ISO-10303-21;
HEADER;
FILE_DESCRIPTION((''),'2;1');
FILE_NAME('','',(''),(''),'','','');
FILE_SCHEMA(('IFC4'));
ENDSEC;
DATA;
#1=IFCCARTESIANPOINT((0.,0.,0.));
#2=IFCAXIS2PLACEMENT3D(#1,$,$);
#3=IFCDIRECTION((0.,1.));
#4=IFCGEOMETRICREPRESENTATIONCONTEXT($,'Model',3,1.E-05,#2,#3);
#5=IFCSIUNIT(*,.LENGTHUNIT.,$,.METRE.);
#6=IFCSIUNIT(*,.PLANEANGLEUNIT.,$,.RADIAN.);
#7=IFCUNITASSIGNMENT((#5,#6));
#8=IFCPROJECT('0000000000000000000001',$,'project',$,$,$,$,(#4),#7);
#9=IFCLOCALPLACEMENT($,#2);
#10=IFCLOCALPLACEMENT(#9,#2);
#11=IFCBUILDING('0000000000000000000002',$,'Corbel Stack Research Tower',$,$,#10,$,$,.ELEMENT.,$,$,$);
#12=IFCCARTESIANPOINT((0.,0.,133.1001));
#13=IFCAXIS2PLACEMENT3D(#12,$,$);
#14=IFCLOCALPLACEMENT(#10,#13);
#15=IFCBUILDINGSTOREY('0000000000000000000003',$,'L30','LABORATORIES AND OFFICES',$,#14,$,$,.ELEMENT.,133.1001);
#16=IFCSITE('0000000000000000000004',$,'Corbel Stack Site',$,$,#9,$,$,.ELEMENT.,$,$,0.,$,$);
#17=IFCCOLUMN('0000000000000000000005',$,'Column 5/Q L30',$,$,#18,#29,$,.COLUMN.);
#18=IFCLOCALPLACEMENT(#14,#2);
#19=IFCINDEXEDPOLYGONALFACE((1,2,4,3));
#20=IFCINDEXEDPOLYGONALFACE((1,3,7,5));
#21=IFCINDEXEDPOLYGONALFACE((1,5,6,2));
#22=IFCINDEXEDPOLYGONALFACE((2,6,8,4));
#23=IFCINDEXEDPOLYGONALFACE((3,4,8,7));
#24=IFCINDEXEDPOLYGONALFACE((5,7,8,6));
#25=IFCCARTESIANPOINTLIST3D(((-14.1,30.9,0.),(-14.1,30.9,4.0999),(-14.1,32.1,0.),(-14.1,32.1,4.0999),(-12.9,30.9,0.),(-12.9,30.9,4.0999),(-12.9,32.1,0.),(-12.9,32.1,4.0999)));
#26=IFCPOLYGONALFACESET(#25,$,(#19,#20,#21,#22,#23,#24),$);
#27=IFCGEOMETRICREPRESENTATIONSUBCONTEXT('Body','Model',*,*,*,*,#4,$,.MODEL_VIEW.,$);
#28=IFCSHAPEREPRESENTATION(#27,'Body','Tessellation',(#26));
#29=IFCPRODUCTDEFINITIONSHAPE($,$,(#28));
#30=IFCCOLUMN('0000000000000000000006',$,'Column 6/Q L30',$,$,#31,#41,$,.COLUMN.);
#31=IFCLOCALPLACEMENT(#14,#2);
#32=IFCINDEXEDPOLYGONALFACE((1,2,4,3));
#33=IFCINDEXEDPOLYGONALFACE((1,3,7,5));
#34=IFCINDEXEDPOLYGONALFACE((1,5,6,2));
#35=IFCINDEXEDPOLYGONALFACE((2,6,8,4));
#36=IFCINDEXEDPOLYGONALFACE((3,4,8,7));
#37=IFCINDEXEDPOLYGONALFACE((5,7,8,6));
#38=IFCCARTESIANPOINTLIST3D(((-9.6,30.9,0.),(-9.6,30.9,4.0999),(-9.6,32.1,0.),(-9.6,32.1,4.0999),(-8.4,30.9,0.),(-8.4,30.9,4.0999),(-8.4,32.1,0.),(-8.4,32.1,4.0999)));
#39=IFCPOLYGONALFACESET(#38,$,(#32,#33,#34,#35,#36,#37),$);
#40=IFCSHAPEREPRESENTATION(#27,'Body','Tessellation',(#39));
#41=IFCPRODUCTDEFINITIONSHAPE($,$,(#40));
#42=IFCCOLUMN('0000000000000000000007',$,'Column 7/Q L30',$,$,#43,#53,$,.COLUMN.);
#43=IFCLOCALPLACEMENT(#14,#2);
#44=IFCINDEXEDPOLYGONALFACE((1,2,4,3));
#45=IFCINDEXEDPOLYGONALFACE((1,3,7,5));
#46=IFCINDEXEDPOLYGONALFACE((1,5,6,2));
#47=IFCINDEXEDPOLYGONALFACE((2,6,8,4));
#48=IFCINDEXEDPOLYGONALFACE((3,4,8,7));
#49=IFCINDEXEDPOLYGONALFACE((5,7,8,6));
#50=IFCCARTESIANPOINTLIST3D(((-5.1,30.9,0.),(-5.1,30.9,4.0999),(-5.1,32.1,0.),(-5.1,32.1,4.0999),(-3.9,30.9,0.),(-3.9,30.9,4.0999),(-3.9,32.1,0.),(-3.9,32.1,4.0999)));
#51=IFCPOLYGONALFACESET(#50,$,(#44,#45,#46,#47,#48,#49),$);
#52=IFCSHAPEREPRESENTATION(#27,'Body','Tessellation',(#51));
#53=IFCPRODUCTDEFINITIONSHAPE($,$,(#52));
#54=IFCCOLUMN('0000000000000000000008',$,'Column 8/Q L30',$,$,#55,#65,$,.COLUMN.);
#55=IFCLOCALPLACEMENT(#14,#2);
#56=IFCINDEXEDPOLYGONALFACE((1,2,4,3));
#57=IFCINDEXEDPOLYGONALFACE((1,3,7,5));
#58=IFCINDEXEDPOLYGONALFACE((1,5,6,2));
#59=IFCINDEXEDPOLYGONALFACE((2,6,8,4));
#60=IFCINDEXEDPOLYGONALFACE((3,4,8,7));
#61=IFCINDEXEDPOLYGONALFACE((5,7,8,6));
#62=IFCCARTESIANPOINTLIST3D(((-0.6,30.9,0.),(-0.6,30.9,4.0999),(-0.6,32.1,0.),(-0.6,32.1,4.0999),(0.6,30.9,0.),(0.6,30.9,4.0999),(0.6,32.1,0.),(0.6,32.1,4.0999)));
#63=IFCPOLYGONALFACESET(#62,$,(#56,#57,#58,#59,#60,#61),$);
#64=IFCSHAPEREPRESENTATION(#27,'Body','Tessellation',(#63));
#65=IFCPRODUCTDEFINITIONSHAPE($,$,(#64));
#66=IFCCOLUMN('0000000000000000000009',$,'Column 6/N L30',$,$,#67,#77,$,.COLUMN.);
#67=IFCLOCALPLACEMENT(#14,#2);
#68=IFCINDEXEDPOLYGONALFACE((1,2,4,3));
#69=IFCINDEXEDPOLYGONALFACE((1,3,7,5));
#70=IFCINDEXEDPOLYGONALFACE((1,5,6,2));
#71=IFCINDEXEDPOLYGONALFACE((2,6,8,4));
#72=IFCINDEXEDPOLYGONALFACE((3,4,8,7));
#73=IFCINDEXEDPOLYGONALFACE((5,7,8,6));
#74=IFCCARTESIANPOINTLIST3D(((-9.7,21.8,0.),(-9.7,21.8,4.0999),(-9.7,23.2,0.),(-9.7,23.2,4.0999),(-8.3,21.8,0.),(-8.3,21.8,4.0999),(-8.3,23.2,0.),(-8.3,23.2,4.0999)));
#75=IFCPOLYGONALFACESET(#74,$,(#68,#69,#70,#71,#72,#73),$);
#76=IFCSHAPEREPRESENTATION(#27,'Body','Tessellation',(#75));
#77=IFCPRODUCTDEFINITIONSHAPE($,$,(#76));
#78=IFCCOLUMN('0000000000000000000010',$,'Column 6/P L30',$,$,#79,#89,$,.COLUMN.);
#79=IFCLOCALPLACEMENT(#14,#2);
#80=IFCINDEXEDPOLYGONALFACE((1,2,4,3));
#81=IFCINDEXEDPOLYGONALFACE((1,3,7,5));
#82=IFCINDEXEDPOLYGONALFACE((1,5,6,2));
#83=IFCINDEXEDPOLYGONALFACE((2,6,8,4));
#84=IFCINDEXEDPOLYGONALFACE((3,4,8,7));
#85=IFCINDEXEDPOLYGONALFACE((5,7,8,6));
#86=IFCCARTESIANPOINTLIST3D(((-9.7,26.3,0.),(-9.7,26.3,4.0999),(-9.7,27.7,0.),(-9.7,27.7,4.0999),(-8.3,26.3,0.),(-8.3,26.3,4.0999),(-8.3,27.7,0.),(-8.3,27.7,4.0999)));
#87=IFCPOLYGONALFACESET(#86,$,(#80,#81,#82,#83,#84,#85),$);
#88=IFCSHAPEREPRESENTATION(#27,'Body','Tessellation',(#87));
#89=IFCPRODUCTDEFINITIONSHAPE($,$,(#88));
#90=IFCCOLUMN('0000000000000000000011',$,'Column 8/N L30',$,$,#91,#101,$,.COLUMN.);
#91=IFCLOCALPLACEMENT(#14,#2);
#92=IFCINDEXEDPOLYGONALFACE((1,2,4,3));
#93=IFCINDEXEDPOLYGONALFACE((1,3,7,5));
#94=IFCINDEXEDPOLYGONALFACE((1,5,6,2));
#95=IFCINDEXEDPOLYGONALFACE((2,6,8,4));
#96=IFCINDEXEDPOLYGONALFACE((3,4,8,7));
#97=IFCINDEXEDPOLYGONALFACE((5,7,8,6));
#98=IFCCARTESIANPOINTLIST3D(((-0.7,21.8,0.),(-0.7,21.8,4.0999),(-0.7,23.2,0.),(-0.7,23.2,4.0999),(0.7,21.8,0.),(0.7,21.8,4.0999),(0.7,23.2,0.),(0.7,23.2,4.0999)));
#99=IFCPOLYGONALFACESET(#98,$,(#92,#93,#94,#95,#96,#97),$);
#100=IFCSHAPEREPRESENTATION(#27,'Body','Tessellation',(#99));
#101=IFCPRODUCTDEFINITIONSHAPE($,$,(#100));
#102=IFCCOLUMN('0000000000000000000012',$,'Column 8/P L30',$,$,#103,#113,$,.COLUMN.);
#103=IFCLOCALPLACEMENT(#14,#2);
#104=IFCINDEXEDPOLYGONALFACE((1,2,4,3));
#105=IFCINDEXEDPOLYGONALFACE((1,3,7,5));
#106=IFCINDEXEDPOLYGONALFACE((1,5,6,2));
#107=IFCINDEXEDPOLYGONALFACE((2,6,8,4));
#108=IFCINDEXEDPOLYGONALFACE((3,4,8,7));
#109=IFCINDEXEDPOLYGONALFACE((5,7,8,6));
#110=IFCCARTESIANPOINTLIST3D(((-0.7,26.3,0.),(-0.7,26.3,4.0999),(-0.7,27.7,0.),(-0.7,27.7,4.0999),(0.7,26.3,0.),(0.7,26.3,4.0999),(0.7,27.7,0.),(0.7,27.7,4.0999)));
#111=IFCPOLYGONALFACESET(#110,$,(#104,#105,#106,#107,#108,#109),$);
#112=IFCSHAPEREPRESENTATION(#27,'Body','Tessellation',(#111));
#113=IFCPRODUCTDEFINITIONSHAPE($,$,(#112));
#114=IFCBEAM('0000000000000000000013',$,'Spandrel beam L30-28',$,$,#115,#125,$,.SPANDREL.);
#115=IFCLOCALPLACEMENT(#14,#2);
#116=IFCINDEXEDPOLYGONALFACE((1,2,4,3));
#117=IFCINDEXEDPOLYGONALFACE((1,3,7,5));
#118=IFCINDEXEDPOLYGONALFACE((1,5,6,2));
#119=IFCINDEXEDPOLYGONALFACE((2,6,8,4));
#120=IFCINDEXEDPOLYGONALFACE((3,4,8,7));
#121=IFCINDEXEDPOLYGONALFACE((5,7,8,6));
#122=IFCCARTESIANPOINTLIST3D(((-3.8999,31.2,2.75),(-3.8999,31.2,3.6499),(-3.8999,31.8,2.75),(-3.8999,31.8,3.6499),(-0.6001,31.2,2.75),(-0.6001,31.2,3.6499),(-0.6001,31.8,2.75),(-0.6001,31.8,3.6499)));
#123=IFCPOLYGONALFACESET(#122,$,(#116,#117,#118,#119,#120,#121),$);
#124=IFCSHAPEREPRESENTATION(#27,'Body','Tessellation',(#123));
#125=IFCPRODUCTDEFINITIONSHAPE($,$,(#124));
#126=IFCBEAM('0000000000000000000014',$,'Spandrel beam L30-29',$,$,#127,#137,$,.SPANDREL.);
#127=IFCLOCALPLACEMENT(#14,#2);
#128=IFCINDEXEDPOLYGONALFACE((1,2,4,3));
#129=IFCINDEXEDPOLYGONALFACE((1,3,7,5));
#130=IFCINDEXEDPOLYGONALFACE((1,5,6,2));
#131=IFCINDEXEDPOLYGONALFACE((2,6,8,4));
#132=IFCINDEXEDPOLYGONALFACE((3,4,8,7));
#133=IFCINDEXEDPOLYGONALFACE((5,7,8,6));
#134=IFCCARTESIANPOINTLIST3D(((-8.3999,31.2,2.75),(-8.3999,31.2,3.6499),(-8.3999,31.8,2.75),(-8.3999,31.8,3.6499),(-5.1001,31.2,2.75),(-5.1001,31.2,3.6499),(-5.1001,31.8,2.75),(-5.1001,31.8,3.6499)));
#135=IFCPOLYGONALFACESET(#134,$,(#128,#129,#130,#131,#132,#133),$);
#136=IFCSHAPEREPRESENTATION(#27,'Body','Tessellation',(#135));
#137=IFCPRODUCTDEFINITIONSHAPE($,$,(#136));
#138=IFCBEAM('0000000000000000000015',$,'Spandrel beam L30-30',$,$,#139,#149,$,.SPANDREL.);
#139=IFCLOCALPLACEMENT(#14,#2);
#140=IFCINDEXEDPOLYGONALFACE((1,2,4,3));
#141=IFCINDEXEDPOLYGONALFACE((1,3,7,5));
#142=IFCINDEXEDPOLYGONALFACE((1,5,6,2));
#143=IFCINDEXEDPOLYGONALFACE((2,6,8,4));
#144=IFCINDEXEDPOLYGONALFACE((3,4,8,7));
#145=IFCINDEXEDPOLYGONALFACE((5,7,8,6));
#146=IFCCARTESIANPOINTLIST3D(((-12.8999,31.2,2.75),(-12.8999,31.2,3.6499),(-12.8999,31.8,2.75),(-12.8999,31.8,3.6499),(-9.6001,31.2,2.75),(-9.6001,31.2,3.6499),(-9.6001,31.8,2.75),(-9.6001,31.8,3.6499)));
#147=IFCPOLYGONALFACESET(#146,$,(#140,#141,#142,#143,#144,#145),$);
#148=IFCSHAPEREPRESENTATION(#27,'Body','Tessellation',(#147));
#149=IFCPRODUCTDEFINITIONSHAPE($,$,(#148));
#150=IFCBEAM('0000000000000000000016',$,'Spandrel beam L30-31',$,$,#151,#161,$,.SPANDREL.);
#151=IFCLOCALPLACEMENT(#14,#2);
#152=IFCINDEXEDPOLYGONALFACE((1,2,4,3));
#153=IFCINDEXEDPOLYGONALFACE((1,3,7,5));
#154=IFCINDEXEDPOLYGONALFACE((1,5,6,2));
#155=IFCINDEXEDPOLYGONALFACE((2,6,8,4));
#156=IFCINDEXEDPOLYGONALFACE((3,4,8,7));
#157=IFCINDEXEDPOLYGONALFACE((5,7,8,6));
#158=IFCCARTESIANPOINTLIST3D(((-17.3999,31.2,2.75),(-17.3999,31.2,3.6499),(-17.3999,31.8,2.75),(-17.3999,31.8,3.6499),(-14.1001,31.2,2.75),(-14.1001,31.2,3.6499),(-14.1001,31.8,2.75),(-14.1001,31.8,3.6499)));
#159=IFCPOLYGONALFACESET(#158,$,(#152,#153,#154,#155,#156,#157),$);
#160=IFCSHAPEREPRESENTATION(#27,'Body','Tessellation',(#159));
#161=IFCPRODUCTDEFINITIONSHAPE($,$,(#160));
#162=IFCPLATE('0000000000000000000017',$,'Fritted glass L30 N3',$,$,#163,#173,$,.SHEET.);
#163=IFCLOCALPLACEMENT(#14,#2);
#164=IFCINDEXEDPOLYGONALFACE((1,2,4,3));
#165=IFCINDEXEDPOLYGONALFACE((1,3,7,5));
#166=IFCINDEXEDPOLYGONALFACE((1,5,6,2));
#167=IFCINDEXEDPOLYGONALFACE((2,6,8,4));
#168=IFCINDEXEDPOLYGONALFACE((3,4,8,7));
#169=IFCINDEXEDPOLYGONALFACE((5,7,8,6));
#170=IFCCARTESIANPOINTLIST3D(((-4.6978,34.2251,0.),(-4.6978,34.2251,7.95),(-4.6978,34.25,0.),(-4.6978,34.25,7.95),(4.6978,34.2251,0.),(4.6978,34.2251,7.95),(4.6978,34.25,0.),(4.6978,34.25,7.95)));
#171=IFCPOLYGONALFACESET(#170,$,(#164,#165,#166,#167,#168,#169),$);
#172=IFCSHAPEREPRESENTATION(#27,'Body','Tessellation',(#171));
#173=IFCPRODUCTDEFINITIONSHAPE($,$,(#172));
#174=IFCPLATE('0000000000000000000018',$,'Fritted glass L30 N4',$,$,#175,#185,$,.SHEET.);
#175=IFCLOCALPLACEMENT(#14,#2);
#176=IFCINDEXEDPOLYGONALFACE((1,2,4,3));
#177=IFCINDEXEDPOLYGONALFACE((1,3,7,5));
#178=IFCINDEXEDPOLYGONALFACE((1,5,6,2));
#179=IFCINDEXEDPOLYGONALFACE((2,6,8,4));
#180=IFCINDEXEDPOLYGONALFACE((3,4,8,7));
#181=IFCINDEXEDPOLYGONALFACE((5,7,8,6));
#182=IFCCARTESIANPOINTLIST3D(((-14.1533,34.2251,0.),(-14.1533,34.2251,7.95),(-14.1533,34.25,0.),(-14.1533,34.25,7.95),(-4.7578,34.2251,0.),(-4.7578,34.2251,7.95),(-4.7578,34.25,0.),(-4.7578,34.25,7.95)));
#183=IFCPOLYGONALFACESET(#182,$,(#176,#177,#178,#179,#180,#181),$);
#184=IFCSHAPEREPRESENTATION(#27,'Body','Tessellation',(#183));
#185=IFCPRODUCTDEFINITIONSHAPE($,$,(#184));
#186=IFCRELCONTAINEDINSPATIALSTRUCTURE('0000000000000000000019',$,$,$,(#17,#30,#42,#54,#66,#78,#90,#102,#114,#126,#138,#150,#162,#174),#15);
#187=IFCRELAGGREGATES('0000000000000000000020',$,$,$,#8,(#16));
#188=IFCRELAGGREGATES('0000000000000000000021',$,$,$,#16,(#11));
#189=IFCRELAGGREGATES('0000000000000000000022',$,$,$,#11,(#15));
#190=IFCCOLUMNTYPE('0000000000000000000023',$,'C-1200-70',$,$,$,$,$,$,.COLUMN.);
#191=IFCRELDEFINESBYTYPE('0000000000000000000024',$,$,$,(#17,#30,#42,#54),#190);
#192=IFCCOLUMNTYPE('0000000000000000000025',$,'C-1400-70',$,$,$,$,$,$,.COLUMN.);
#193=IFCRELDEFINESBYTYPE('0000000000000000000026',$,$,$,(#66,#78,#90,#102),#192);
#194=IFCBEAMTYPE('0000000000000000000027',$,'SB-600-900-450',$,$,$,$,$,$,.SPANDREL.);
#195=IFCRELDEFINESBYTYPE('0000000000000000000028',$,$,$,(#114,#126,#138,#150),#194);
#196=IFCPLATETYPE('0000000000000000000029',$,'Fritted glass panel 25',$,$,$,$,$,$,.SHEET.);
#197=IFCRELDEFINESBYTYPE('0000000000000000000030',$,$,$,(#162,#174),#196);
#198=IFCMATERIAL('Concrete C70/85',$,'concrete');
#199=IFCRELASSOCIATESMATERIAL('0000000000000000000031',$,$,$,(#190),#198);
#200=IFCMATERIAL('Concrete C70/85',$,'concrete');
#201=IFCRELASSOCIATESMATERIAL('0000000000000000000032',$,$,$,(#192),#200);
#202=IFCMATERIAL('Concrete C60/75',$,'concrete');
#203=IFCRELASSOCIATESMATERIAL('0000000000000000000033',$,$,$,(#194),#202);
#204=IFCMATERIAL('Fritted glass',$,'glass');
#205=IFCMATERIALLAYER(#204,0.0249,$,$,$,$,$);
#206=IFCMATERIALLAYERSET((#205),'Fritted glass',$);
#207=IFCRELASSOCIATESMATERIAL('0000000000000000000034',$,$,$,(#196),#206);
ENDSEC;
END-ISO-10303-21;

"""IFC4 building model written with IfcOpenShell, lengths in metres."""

from ifc_helpers import new_model, si_unit, direction, frame, origin, origin_2d, place, context, subcontext, project, spatial, rectangle, extrude, material, layer, layer_set, material_profile, profile_set, type_object, element, save


model = new_model("IFC4")

# Units and contexts
model_context = context("Model", 3, precision=1e-05, world=origin(), true_north=direction((0.0, 1.0)))
body_context = subcontext(model_context, "Body", "Model", "MODEL_VIEW")
ifc_project = project(units=[si_unit("LENGTHUNIT", "METRE"), si_unit("PLANEANGLEUNIT", "RADIAN")], contexts=[model_context])

# Site, building, storey
site_placement = place(None, origin())
site = spatial("IfcSite", under=ifc_project, at=site_placement, Name="Corbel Stack Site", CompositionType="ELEMENT", RefElevation=0.0)
building_placement = place(site_placement, origin())
building = spatial("IfcBuilding", under=site, at=building_placement, Name="Corbel Stack Research Tower", CompositionType="ELEMENT")
storey_placement = place(building_placement, frame((0.0, 0.0, 133.1001)))
storey = spatial("IfcBuildingStorey", under=building, at=storey_placement, Name="L30", Description="LABORATORIES AND OFFICES", CompositionType="ELEMENT", Elevation=133.1001)

# Columns
ifc_material_1 = material(Name="Concrete C70/85", Category="concrete")
ifc_material_profile_1 = material_profile(ifc_material_1, rectangle(XDim=1.2, YDim=1.2, at=origin_2d()), Name="RC 1200 x 1200")
ifc_profile_set_1 = profile_set([ifc_material_profile_1], Name="Concrete C70/85")
column_type_1 = type_object("IfcColumnType", Name="C-1200-70", PredefinedType="COLUMN", material=ifc_profile_set_1)
for number, where, z_axis, x_axis, name in (
    (1, (-13.5, 31.5, 0.0), (0.0, 0.0, 1.0), (1.0, 0.0, 0.0), "Column 5/Q L30"),
    (2, (-9.0, 31.5, 0.0), (0.0, 0.0, 1.0), (1.0, 0.0, 0.0), "Column 6/Q L30"),
    (3, (-4.5, 31.5, 0.0), (0.0, 0.0, 1.0), (1.0, 0.0, 0.0), "Column 7/Q L30"),
    (4, (0.0, 31.5, 0.0), (0.0, 0.0, 1.0), (1.0, 0.0, 0.0), "Column 8/Q L30"),
):
    element("IfcColumn", number, at=place(storey_placement, frame(where, z_axis=z_axis, x_axis=x_axis)), inside=storey, type_object=column_type_1, Name=name, PredefinedType="COLUMN", context=body_context, shape_type="SweptSolid", body=[
        extrude(rectangle(XDim=1.2, YDim=1.2, at=origin_2d()), origin(), (0.0, 0.0, 1.0), 4.0999),
    ])
ifc_material_2 = material(Name="Concrete C70/85", Category="concrete")
ifc_material_profile_2 = material_profile(ifc_material_2, rectangle(XDim=1.3999, YDim=1.3999, at=origin_2d()), Name="RC 1400 x 1400")
ifc_profile_set_2 = profile_set([ifc_material_profile_2], Name="Concrete C70/85")
column_type_2 = type_object("IfcColumnType", Name="C-1400-70", PredefinedType="COLUMN", material=ifc_profile_set_2)
for number, where, z_axis, x_axis, name in (
    (5, (-9.0, 22.5, 0.0), (0.0, 0.0, 1.0), (1.0, 0.0, 0.0), "Column 6/N L30"),
    (6, (-9.0, 27.0, 0.0), (0.0, 0.0, 1.0), (1.0, 0.0, 0.0), "Column 6/P L30"),
    (7, (0.0, 22.5, 0.0), (0.0, 0.0, 1.0), (1.0, 0.0, 0.0), "Column 8/N L30"),
    (8, (0.0, 27.0, 0.0), (0.0, 0.0, 1.0), (1.0, 0.0, 0.0), "Column 8/P L30"),
):
    element("IfcColumn", number, at=place(storey_placement, frame(where, z_axis=z_axis, x_axis=x_axis)), inside=storey, type_object=column_type_2, Name=name, PredefinedType="COLUMN", context=body_context, shape_type="SweptSolid", body=[
        extrude(rectangle(XDim=1.3999, YDim=1.3999, at=origin_2d()), origin(), (0.0, 0.0, 1.0), 4.0999),
    ])

# Beams
ifc_material_3 = material(Name="Concrete C60/75", Category="concrete")
ifc_material_profile_3 = material_profile(ifc_material_3, rectangle(XDim=0.6001, YDim=0.8999, at=origin_2d()), Name="RC 600 x 900")
ifc_profile_set_3 = profile_set([ifc_material_profile_3], Name="Concrete C60/75")
beam_type = type_object("IfcBeamType", Name="SB-600-900-450", PredefinedType="SPANDREL", material=ifc_profile_set_3)
for number, where, z_axis, x_axis, name in (
    (9, (-0.6001, 31.5, 3.2), (-1.0, 0.0, 0.0), (0.0, -1.0, 0.0), "Spandrel beam L30-28"),
    (10, (-5.1001, 31.5, 3.2), (-1.0, 0.0, 0.0), (0.0, -1.0, 0.0), "Spandrel beam L30-29"),
    (11, (-9.6001, 31.5, 3.2), (-1.0, 0.0, 0.0), (0.0, -1.0, 0.0), "Spandrel beam L30-30"),
    (12, (-14.1001, 31.5, 3.2), (-1.0, 0.0, 0.0), (0.0, -1.0, 0.0), "Spandrel beam L30-31"),
):
    element("IfcBeam", number, at=place(storey_placement, frame(where, z_axis=z_axis, x_axis=x_axis)), inside=storey, type_object=beam_type, Name=name, PredefinedType="SPANDREL", context=body_context, shape_type="SweptSolid", body=[
        extrude(rectangle(XDim=0.6001, YDim=0.8999, at=origin_2d()), origin(), (0.0, 0.0, 1.0), 3.2998),
    ])

# Plates
ifc_material_4 = material(Name="Fritted glass", Category="glass")
ifc_layer_1 = layer(ifc_material_4, 0.0249)
ifc_layer_set_1 = layer_set([ifc_layer_1], Name="Fritted glass")
plate_type = type_object("IfcPlateType", Name="Fritted glass panel 25", PredefinedType="SHEET", material=ifc_layer_set_1)
for number, where, z_axis, x_axis, name in (
    (13, (0.0, 34.2375, 0.0), (0.0, 0.0, 1.0), (-1.0, 0.0, 0.0), "Fritted glass L30 N3"),
    (14, (-9.4556, 34.2375, 0.0), (0.0, 0.0, 1.0), (-1.0, 0.0, 0.0), "Fritted glass L30 N4"),
):
    element("IfcPlate", number, at=place(storey_placement, frame(where, z_axis=z_axis, x_axis=x_axis)), inside=storey, type_object=plate_type, Name=name, PredefinedType="SHEET", context=body_context, shape_type="SweptSolid", body=[
        extrude(rectangle(XDim=9.3955, YDim=0.0249, at=origin_2d()), origin(), (0.0, 0.0, 1.0), 7.95),
    ])

save(model, "model.ifc")
